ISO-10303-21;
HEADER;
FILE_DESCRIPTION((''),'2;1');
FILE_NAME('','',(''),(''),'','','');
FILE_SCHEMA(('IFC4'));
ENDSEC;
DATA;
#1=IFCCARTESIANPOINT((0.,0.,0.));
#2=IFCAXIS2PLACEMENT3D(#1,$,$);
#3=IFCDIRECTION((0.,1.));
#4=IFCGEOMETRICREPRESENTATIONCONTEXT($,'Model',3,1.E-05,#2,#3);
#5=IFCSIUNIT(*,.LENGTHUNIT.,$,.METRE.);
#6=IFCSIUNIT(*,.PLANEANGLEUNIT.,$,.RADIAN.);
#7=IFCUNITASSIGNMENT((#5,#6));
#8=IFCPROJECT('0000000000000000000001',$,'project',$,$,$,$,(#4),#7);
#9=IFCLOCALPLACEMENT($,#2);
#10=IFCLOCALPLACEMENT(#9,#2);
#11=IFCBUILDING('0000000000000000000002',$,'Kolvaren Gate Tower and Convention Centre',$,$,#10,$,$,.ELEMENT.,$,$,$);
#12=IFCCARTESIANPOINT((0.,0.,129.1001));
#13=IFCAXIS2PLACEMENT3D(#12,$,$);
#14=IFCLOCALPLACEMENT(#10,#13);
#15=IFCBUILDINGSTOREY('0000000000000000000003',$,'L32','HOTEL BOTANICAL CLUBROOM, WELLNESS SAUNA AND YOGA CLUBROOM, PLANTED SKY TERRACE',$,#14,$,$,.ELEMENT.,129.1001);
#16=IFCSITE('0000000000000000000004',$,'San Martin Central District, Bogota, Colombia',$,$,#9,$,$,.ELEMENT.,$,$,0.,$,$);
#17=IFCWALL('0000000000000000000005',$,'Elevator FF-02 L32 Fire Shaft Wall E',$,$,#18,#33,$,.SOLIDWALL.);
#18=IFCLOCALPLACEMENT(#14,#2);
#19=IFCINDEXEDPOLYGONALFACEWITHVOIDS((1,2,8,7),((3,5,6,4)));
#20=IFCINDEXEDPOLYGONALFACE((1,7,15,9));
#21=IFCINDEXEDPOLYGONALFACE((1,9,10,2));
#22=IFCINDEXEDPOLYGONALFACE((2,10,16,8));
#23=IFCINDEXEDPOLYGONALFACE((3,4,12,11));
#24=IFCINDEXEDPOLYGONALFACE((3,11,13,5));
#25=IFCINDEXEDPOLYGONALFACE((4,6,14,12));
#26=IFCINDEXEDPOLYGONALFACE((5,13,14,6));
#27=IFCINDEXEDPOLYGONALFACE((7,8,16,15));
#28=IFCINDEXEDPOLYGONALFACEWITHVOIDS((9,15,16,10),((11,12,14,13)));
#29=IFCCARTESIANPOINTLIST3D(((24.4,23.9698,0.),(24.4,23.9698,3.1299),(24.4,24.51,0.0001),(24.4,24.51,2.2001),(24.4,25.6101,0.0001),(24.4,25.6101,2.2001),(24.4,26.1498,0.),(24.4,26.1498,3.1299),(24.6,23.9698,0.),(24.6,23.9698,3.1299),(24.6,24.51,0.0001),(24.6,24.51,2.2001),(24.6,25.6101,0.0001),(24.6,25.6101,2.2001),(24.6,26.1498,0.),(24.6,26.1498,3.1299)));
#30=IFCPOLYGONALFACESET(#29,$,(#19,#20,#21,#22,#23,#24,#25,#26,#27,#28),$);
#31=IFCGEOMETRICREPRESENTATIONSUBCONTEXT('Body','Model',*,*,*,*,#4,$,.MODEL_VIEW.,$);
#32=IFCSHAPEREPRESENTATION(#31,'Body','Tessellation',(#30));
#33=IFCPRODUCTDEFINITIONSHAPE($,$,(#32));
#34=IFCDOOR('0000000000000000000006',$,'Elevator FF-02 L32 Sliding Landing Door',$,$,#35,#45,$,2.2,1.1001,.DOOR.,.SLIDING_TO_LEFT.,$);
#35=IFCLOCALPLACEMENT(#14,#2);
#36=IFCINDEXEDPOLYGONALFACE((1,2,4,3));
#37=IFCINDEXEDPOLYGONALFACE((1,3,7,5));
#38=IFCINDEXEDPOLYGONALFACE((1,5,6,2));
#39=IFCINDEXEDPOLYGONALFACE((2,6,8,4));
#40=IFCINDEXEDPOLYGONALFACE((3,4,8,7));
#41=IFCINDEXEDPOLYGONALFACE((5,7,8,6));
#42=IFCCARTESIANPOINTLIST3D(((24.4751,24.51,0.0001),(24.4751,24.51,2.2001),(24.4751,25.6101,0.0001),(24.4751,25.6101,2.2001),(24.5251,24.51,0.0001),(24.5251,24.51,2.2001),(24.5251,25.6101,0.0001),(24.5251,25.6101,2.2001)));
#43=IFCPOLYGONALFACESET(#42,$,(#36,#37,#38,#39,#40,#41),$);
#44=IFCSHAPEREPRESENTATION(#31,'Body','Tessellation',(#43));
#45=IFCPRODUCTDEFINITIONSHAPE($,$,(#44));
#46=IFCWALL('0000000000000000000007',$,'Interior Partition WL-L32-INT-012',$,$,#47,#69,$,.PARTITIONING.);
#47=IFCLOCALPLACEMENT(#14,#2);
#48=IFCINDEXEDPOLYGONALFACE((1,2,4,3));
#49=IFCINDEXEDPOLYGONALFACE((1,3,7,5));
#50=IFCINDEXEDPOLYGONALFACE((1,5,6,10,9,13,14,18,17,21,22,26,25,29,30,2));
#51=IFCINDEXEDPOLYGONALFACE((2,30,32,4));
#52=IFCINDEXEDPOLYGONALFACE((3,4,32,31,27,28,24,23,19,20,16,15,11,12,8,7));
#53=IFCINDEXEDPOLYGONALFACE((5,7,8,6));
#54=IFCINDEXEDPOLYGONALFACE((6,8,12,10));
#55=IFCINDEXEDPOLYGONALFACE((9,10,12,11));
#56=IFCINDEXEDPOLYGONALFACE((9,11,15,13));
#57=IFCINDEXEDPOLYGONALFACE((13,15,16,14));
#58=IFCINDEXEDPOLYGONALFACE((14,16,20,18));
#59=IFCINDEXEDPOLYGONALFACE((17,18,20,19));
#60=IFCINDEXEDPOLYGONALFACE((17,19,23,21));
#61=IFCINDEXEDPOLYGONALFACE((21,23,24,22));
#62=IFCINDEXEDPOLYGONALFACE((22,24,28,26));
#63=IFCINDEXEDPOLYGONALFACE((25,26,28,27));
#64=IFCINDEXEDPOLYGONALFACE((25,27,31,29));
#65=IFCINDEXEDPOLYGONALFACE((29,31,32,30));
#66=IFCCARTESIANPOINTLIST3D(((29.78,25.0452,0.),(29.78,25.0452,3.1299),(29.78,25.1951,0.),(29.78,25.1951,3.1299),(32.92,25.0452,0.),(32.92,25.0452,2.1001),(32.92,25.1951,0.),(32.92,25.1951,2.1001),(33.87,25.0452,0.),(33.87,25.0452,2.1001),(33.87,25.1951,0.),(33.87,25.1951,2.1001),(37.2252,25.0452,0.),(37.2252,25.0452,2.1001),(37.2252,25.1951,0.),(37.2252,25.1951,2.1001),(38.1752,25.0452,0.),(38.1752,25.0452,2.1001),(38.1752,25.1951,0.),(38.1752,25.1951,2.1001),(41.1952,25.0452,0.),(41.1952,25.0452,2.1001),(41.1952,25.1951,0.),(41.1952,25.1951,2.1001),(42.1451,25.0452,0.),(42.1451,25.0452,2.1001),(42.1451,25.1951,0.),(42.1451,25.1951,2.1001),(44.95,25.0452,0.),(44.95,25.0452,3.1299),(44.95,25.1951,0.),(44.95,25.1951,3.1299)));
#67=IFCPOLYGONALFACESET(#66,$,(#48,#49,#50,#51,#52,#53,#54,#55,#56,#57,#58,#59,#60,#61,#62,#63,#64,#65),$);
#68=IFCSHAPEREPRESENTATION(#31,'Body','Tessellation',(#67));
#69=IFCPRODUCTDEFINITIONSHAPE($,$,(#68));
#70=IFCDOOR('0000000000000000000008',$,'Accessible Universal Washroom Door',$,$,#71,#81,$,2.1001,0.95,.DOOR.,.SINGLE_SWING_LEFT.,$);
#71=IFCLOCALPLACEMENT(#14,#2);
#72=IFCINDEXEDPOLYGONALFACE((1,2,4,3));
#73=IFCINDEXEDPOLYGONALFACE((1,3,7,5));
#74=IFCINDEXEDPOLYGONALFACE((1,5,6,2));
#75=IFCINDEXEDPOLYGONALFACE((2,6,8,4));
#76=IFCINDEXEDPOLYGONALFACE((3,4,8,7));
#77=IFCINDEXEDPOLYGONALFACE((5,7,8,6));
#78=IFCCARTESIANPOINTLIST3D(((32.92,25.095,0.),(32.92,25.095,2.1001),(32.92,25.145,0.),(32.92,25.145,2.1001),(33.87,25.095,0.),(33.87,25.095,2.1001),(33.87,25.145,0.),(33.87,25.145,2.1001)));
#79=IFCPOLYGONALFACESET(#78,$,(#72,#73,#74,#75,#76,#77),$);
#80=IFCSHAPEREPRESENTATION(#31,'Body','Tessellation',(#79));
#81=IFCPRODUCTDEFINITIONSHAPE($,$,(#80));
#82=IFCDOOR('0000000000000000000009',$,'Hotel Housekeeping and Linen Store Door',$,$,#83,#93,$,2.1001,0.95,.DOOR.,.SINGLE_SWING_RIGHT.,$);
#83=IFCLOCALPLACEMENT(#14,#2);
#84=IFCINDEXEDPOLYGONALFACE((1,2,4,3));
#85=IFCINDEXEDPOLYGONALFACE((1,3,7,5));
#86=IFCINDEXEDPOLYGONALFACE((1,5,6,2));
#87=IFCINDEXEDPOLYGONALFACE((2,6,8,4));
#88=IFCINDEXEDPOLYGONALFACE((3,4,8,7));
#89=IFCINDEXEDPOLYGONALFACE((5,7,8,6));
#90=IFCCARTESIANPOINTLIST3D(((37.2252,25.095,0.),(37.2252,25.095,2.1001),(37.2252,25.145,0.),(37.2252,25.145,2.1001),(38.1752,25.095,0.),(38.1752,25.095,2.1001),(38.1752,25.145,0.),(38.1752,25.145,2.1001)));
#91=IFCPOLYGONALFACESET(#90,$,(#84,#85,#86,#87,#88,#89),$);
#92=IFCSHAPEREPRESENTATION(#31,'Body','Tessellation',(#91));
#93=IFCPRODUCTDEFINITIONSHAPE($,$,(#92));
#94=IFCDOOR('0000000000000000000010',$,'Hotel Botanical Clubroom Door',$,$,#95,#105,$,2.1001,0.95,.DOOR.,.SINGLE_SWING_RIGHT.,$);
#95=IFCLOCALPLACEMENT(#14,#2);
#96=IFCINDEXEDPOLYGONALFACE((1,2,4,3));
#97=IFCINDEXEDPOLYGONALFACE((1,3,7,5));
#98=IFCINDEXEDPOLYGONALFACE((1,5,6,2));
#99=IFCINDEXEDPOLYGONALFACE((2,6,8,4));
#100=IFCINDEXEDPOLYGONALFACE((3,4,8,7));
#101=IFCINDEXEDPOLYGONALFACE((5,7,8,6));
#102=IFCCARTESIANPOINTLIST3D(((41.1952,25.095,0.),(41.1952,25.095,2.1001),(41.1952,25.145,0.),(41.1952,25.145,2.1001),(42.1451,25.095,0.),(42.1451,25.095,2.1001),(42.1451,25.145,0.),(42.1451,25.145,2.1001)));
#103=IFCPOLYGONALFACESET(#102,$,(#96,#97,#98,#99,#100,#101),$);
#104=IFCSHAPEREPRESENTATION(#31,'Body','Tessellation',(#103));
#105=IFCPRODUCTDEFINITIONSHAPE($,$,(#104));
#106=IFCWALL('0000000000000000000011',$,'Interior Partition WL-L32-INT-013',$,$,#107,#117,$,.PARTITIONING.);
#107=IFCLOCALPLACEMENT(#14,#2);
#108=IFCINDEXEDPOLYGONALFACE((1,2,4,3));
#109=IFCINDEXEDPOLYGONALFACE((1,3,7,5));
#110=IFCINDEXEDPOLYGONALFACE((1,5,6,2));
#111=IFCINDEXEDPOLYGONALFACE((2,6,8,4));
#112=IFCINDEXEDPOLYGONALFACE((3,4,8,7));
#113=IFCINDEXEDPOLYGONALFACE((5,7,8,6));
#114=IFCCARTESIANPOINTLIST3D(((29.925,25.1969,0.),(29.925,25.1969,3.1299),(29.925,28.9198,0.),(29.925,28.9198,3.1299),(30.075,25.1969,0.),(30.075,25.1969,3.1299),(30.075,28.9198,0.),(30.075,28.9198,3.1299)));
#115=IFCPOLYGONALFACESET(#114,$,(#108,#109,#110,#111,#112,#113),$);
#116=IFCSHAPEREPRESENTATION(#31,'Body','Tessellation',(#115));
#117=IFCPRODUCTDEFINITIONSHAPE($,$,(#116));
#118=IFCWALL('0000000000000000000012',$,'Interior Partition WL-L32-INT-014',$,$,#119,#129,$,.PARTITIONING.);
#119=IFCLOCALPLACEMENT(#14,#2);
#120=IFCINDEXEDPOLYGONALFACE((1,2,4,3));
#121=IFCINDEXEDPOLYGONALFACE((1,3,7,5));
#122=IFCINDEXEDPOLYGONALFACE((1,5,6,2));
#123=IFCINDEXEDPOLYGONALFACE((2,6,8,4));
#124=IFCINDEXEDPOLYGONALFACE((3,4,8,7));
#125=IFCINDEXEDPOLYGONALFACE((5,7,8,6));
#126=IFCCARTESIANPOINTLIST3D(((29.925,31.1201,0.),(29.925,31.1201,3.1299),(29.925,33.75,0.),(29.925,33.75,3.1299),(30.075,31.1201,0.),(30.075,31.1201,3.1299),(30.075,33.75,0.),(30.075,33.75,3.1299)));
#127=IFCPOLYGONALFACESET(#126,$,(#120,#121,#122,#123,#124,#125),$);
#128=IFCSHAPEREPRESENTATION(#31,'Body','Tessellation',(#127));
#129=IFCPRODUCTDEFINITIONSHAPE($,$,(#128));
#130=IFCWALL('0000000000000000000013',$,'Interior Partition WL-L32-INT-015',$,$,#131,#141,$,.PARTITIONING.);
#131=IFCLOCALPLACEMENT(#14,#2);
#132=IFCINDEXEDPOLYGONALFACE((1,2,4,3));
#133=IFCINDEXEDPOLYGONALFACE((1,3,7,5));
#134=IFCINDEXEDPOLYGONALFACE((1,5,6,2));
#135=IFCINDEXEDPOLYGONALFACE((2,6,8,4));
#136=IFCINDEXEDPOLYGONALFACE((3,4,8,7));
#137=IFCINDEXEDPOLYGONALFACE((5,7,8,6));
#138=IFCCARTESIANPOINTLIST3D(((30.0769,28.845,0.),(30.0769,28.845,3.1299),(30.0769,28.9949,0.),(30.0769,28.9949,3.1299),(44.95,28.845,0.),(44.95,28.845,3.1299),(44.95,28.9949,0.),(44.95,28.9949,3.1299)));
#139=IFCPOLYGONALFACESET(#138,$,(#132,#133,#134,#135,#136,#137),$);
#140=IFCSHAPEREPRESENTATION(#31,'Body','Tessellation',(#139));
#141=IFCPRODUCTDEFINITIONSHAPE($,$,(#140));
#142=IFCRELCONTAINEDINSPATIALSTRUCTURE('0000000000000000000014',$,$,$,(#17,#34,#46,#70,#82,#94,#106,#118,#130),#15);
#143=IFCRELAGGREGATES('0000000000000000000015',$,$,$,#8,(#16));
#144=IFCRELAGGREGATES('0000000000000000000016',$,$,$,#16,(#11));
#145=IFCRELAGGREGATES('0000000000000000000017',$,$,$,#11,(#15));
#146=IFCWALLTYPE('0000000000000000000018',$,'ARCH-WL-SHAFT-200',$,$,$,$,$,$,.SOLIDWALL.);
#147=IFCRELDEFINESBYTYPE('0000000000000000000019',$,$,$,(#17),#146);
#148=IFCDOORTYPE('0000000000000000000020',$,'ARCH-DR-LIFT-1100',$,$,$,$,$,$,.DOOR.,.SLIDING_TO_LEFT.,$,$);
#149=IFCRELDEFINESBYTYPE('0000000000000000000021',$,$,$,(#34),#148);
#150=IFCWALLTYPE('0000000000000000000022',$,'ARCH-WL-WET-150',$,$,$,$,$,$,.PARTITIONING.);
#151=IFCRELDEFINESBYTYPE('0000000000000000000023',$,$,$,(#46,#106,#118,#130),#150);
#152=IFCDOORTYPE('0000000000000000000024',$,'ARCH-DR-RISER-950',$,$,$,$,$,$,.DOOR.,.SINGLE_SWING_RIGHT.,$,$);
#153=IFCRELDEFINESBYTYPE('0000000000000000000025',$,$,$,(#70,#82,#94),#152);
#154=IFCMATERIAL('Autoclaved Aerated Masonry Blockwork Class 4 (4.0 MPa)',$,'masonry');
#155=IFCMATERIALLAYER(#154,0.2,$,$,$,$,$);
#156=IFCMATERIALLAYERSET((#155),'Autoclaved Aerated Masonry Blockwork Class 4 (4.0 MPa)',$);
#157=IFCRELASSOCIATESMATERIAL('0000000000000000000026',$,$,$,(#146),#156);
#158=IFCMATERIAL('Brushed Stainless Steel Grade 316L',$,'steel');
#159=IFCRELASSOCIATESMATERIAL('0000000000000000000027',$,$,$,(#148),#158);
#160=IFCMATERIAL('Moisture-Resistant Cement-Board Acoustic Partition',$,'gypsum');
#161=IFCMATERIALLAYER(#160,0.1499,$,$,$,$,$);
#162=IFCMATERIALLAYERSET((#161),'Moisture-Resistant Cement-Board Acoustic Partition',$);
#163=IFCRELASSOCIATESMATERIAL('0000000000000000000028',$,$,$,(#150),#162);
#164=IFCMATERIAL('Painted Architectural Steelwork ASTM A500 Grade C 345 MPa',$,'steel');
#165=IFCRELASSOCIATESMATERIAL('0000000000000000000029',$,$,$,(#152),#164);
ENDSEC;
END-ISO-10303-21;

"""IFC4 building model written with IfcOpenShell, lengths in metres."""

from ifc_helpers import new_model, si_unit, direction, frame, frame_2d, origin, place, context, subcontext, project, spatial, rectangle, extrude, material, layer, layer_set, type_object, element, fill, save


model = new_model("IFC4")

# Units and contexts
model_context = context("Model", 3, precision=1e-05, world=origin(), true_north=direction((0.0, 1.0)))
body_context = subcontext(model_context, "Body", "Model", "MODEL_VIEW")
ifc_project = project(units=[si_unit("LENGTHUNIT", "METRE"), si_unit("PLANEANGLEUNIT", "RADIAN")], contexts=[model_context])

# Site, building, storey
site_placement = place(None, origin())
site = spatial("IfcSite", under=ifc_project, at=site_placement, Name="San Martin Central District, Bogota, Colombia", CompositionType="ELEMENT", RefElevation=0.0)
building_placement = place(site_placement, origin())
building = spatial("IfcBuilding", under=site, at=building_placement, Name="Kolvaren Gate Tower and Convention Centre", CompositionType="ELEMENT")
storey_placement = place(building_placement, frame((0.0, 0.0, 129.1001)))
storey = spatial("IfcBuildingStorey", under=building, at=storey_placement, Name="L32", Description="HOTEL BOTANICAL CLUBROOM, WELLNESS SAUNA AND YOGA CLUBROOM, PLANTED SKY TERRACE", CompositionType="ELEMENT", Elevation=129.1001)

# Shared definitions
ifc_material_1 = material(Name="Autoclaved Aerated Masonry Blockwork Class 4 (4.0 MPa)", Category="masonry")
ifc_layer_1 = layer(ifc_material_1, 0.2)
ifc_layer_set_1 = layer_set([ifc_layer_1], Name="Autoclaved Aerated Masonry Blockwork Class 4 (4.0 MPa)")
wall_type_1 = type_object("IfcWallType", Name="ARCH-WL-SHAFT-200", PredefinedType="SOLIDWALL", material=ifc_layer_set_1)

# Shared definitions
ifc_material_2 = material(Name="Brushed Stainless Steel Grade 316L", Category="steel")
door_type_1 = type_object("IfcDoorType", Name="ARCH-DR-LIFT-1100", OperationType="SLIDING_TO_LEFT", PredefinedType="DOOR", material=ifc_material_2)

# Wall, opening, door
wall_1_placement = place(storey_placement, frame((24.5, 23.97, 0.0), z_axis=(0.0, 0.0, 1.0), x_axis=(0.0, 1.0, 0.0)))
wall_1 = element("IfcWall", 1, at=wall_1_placement, inside=storey, type_object=wall_type_1, Name="Elevator FF-02 L32 Fire Shaft Wall E", PredefinedType="SOLIDWALL", context=body_context, shape_type="SweptSolid", body=[
    extrude(rectangle(XDim=2.1799, YDim=0.2, at=frame_2d((1.0898, 0.0))), origin(), (0.0, 0.0, 1.0), 3.1299),
])
opening_1_placement = place(wall_1_placement, frame((0.54, 0.0, 0.0)))
opening_1 = element("IfcOpeningElement", 2, at=opening_1_placement, cuts=wall_1, PredefinedType="OPENING", context=body_context, shape_type="SweptSolid", body=[
    extrude(rectangle(XDim=1.1001, YDim=2.2, at=frame_2d((0.55, 1.1001))), frame((0.0, 0.1099, 0.0), z_axis=(0.0, -1.0, 0.0), x_axis=(1.0, 0.0, 0.0)), (0.0, 0.0, 1.0), 0.22),
])
door_1_placement = place(opening_1_placement, origin())
door_1 = element("IfcDoor", 3, at=door_1_placement, inside=storey, type_object=door_type_1, Name="Elevator FF-02 L32 Sliding Landing Door", OperationType="SLIDING_TO_LEFT", OverallHeight=2.2, OverallWidth=1.1001, PredefinedType="DOOR", context=body_context, shape_type="SweptSolid", body=[
    extrude(rectangle(XDim=1.1001, YDim=2.2, at=frame_2d((0.55, 1.1001))), frame((0.0, 0.0249, 0.0), z_axis=(0.0, -1.0, 0.0), x_axis=(1.0, 0.0, 0.0)), (0.0, 0.0, 1.0), 0.05),
])
fill(opening_1, door_1)

# Wall, openings, doors
ifc_material_3 = material(Name="Moisture-Resistant Cement-Board Acoustic Partition", Category="gypsum")
ifc_layer_2 = layer(ifc_material_3, 0.1499)
ifc_layer_set_2 = layer_set([ifc_layer_2], Name="Moisture-Resistant Cement-Board Acoustic Partition")
wall_type_2 = type_object("IfcWallType", Name="ARCH-WL-WET-150", PredefinedType="PARTITIONING", material=ifc_layer_set_2)
wall_2_placement = place(storey_placement, frame((29.78, 25.1201, 0.0), z_axis=(0.0, 0.0, 1.0), x_axis=(1.0, 0.0, 0.0)))
wall_2 = element("IfcWall", 4, at=wall_2_placement, inside=storey, type_object=wall_type_2, Name="Interior Partition WL-L32-INT-012", PredefinedType="PARTITIONING", context=body_context, shape_type="SweptSolid", body=[
    extrude(rectangle(XDim=15.1699, YDim=0.1499, at=frame_2d((7.585, 0.0))), origin(), (0.0, 0.0, 1.0), 3.1299),
])
opening_2_placement = place(wall_2_placement, frame((3.1399, 0.0, 0.0)))
opening_2 = element("IfcOpeningElement", 5, at=opening_2_placement, cuts=wall_2, PredefinedType="OPENING", context=body_context, shape_type="SweptSolid", body=[
    extrude(rectangle(XDim=0.95, YDim=2.1001, at=frame_2d((0.4751, 1.05))), frame((0.0, 0.085, 0.0), z_axis=(0.0, -1.0, 0.0), x_axis=(1.0, 0.0, 0.0)), (0.0, 0.0, 1.0), 0.1699),
])
opening_3_placement = place(wall_2_placement, frame((7.4451, 0.0, 0.0)))
opening_3 = element("IfcOpeningElement", 6, at=opening_3_placement, cuts=wall_2, PredefinedType="OPENING", context=body_context, shape_type="SweptSolid", body=[
    extrude(rectangle(XDim=0.95, YDim=2.1001, at=frame_2d((0.4751, 1.05))), frame((0.0, 0.085, 0.0), z_axis=(0.0, -1.0, 0.0), x_axis=(1.0, 0.0, 0.0)), (0.0, 0.0, 1.0), 0.1699),
])
opening_4_placement = place(wall_2_placement, frame((11.415, 0.0, 0.0)))
opening_4 = element("IfcOpeningElement", 7, at=opening_4_placement, cuts=wall_2, PredefinedType="OPENING", context=body_context, shape_type="SweptSolid", body=[
    extrude(rectangle(XDim=0.95, YDim=2.1001, at=frame_2d((0.4751, 1.05))), frame((0.0, 0.085, 0.0), z_axis=(0.0, -1.0, 0.0), x_axis=(1.0, 0.0, 0.0)), (0.0, 0.0, 1.0), 0.1699),
])
ifc_material_4 = material(Name="Painted Architectural Steelwork ASTM A500 Grade C 345 MPa", Category="steel")
door_type_2 = type_object("IfcDoorType", Name="ARCH-DR-RISER-950", OperationType="SINGLE_SWING_RIGHT", PredefinedType="DOOR", material=ifc_material_4)
door_2_placement = place(opening_2_placement, origin())
door_2 = element("IfcDoor", 8, at=door_2_placement, inside=storey, type_object=door_type_2, Name="Accessible Universal Washroom Door", OperationType="SINGLE_SWING_LEFT", OverallHeight=2.1001, OverallWidth=0.95, PredefinedType="DOOR", context=body_context, shape_type="SweptSolid", body=[
    extrude(rectangle(XDim=0.95, YDim=2.1001, at=frame_2d((0.4751, 1.05))), frame((0.0, 0.0249, 0.0), z_axis=(0.0, -1.0, 0.0), x_axis=(1.0, 0.0, 0.0)), (0.0, 0.0, 1.0), 0.05),
])
fill(opening_2, door_2)
door_3_placement = place(opening_3_placement, origin())
door_3 = element("IfcDoor", 9, at=door_3_placement, inside=storey, type_object=door_type_2, Name="Hotel Housekeeping and Linen Store Door", OperationType="SINGLE_SWING_RIGHT", OverallHeight=2.1001, OverallWidth=0.95, PredefinedType="DOOR", context=body_context, shape_type="SweptSolid", body=[
    extrude(rectangle(XDim=0.95, YDim=2.1001, at=frame_2d((0.4751, 1.05))), frame((0.0, 0.0249, 0.0), z_axis=(0.0, -1.0, 0.0), x_axis=(1.0, 0.0, 0.0)), (0.0, 0.0, 1.0), 0.05),
])
fill(opening_3, door_3)
door_4_placement = place(opening_4_placement, origin())
door_4 = element("IfcDoor", 10, at=door_4_placement, inside=storey, type_object=door_type_2, Name="Hotel Botanical Clubroom Door", OperationType="SINGLE_SWING_RIGHT", OverallHeight=2.1001, OverallWidth=0.95, PredefinedType="DOOR", context=body_context, shape_type="SweptSolid", body=[
    extrude(rectangle(XDim=0.95, YDim=2.1001, at=frame_2d((0.4751, 1.05))), frame((0.0, 0.0249, 0.0), z_axis=(0.0, -1.0, 0.0), x_axis=(1.0, 0.0, 0.0)), (0.0, 0.0, 1.0), 0.05),
])
fill(opening_4, door_4)

# Walls
wall_3_placement = place(storey_placement, frame((30.0, 25.197, 0.0), z_axis=(0.0, 0.0, 1.0), x_axis=(0.0, 1.0, 0.0)))
element("IfcWall", 11, at=wall_3_placement, inside=storey, type_object=wall_type_2, Name="Interior Partition WL-L32-INT-013", PredefinedType="PARTITIONING", context=body_context, shape_type="SweptSolid", body=[
    extrude(rectangle(XDim=3.7229, YDim=0.1499, at=frame_2d((1.8613, 0.0))), origin(), (0.0, 0.0, 1.0), 3.1299),
])
wall_4_placement = place(storey_placement, frame((30.0, 31.1201, 0.0), z_axis=(0.0, 0.0, 1.0), x_axis=(0.0, 1.0, 0.0)))
element("IfcWall", 12, at=wall_4_placement, inside=storey, type_object=wall_type_2, Name="Interior Partition WL-L32-INT-014", PredefinedType="PARTITIONING", context=body_context, shape_type="SweptSolid", body=[
    extrude(rectangle(XDim=2.6299, YDim=0.1499, at=frame_2d((1.3149, 0.0))), origin(), (0.0, 0.0, 1.0), 3.1299),
])
wall_5_placement = place(storey_placement, frame((30.0769, 28.9199, 0.0), z_axis=(0.0, 0.0, 1.0), x_axis=(1.0, 0.0, 0.0)))
element("IfcWall", 13, at=wall_5_placement, inside=storey, type_object=wall_type_2, Name="Interior Partition WL-L32-INT-015", PredefinedType="PARTITIONING", context=body_context, shape_type="SweptSolid", body=[
    extrude(rectangle(XDim=14.873, YDim=0.1499, at=frame_2d((7.4365, 0.0))), origin(), (0.0, 0.0, 1.0), 3.1299),
])

save(model, "model.ifc")
